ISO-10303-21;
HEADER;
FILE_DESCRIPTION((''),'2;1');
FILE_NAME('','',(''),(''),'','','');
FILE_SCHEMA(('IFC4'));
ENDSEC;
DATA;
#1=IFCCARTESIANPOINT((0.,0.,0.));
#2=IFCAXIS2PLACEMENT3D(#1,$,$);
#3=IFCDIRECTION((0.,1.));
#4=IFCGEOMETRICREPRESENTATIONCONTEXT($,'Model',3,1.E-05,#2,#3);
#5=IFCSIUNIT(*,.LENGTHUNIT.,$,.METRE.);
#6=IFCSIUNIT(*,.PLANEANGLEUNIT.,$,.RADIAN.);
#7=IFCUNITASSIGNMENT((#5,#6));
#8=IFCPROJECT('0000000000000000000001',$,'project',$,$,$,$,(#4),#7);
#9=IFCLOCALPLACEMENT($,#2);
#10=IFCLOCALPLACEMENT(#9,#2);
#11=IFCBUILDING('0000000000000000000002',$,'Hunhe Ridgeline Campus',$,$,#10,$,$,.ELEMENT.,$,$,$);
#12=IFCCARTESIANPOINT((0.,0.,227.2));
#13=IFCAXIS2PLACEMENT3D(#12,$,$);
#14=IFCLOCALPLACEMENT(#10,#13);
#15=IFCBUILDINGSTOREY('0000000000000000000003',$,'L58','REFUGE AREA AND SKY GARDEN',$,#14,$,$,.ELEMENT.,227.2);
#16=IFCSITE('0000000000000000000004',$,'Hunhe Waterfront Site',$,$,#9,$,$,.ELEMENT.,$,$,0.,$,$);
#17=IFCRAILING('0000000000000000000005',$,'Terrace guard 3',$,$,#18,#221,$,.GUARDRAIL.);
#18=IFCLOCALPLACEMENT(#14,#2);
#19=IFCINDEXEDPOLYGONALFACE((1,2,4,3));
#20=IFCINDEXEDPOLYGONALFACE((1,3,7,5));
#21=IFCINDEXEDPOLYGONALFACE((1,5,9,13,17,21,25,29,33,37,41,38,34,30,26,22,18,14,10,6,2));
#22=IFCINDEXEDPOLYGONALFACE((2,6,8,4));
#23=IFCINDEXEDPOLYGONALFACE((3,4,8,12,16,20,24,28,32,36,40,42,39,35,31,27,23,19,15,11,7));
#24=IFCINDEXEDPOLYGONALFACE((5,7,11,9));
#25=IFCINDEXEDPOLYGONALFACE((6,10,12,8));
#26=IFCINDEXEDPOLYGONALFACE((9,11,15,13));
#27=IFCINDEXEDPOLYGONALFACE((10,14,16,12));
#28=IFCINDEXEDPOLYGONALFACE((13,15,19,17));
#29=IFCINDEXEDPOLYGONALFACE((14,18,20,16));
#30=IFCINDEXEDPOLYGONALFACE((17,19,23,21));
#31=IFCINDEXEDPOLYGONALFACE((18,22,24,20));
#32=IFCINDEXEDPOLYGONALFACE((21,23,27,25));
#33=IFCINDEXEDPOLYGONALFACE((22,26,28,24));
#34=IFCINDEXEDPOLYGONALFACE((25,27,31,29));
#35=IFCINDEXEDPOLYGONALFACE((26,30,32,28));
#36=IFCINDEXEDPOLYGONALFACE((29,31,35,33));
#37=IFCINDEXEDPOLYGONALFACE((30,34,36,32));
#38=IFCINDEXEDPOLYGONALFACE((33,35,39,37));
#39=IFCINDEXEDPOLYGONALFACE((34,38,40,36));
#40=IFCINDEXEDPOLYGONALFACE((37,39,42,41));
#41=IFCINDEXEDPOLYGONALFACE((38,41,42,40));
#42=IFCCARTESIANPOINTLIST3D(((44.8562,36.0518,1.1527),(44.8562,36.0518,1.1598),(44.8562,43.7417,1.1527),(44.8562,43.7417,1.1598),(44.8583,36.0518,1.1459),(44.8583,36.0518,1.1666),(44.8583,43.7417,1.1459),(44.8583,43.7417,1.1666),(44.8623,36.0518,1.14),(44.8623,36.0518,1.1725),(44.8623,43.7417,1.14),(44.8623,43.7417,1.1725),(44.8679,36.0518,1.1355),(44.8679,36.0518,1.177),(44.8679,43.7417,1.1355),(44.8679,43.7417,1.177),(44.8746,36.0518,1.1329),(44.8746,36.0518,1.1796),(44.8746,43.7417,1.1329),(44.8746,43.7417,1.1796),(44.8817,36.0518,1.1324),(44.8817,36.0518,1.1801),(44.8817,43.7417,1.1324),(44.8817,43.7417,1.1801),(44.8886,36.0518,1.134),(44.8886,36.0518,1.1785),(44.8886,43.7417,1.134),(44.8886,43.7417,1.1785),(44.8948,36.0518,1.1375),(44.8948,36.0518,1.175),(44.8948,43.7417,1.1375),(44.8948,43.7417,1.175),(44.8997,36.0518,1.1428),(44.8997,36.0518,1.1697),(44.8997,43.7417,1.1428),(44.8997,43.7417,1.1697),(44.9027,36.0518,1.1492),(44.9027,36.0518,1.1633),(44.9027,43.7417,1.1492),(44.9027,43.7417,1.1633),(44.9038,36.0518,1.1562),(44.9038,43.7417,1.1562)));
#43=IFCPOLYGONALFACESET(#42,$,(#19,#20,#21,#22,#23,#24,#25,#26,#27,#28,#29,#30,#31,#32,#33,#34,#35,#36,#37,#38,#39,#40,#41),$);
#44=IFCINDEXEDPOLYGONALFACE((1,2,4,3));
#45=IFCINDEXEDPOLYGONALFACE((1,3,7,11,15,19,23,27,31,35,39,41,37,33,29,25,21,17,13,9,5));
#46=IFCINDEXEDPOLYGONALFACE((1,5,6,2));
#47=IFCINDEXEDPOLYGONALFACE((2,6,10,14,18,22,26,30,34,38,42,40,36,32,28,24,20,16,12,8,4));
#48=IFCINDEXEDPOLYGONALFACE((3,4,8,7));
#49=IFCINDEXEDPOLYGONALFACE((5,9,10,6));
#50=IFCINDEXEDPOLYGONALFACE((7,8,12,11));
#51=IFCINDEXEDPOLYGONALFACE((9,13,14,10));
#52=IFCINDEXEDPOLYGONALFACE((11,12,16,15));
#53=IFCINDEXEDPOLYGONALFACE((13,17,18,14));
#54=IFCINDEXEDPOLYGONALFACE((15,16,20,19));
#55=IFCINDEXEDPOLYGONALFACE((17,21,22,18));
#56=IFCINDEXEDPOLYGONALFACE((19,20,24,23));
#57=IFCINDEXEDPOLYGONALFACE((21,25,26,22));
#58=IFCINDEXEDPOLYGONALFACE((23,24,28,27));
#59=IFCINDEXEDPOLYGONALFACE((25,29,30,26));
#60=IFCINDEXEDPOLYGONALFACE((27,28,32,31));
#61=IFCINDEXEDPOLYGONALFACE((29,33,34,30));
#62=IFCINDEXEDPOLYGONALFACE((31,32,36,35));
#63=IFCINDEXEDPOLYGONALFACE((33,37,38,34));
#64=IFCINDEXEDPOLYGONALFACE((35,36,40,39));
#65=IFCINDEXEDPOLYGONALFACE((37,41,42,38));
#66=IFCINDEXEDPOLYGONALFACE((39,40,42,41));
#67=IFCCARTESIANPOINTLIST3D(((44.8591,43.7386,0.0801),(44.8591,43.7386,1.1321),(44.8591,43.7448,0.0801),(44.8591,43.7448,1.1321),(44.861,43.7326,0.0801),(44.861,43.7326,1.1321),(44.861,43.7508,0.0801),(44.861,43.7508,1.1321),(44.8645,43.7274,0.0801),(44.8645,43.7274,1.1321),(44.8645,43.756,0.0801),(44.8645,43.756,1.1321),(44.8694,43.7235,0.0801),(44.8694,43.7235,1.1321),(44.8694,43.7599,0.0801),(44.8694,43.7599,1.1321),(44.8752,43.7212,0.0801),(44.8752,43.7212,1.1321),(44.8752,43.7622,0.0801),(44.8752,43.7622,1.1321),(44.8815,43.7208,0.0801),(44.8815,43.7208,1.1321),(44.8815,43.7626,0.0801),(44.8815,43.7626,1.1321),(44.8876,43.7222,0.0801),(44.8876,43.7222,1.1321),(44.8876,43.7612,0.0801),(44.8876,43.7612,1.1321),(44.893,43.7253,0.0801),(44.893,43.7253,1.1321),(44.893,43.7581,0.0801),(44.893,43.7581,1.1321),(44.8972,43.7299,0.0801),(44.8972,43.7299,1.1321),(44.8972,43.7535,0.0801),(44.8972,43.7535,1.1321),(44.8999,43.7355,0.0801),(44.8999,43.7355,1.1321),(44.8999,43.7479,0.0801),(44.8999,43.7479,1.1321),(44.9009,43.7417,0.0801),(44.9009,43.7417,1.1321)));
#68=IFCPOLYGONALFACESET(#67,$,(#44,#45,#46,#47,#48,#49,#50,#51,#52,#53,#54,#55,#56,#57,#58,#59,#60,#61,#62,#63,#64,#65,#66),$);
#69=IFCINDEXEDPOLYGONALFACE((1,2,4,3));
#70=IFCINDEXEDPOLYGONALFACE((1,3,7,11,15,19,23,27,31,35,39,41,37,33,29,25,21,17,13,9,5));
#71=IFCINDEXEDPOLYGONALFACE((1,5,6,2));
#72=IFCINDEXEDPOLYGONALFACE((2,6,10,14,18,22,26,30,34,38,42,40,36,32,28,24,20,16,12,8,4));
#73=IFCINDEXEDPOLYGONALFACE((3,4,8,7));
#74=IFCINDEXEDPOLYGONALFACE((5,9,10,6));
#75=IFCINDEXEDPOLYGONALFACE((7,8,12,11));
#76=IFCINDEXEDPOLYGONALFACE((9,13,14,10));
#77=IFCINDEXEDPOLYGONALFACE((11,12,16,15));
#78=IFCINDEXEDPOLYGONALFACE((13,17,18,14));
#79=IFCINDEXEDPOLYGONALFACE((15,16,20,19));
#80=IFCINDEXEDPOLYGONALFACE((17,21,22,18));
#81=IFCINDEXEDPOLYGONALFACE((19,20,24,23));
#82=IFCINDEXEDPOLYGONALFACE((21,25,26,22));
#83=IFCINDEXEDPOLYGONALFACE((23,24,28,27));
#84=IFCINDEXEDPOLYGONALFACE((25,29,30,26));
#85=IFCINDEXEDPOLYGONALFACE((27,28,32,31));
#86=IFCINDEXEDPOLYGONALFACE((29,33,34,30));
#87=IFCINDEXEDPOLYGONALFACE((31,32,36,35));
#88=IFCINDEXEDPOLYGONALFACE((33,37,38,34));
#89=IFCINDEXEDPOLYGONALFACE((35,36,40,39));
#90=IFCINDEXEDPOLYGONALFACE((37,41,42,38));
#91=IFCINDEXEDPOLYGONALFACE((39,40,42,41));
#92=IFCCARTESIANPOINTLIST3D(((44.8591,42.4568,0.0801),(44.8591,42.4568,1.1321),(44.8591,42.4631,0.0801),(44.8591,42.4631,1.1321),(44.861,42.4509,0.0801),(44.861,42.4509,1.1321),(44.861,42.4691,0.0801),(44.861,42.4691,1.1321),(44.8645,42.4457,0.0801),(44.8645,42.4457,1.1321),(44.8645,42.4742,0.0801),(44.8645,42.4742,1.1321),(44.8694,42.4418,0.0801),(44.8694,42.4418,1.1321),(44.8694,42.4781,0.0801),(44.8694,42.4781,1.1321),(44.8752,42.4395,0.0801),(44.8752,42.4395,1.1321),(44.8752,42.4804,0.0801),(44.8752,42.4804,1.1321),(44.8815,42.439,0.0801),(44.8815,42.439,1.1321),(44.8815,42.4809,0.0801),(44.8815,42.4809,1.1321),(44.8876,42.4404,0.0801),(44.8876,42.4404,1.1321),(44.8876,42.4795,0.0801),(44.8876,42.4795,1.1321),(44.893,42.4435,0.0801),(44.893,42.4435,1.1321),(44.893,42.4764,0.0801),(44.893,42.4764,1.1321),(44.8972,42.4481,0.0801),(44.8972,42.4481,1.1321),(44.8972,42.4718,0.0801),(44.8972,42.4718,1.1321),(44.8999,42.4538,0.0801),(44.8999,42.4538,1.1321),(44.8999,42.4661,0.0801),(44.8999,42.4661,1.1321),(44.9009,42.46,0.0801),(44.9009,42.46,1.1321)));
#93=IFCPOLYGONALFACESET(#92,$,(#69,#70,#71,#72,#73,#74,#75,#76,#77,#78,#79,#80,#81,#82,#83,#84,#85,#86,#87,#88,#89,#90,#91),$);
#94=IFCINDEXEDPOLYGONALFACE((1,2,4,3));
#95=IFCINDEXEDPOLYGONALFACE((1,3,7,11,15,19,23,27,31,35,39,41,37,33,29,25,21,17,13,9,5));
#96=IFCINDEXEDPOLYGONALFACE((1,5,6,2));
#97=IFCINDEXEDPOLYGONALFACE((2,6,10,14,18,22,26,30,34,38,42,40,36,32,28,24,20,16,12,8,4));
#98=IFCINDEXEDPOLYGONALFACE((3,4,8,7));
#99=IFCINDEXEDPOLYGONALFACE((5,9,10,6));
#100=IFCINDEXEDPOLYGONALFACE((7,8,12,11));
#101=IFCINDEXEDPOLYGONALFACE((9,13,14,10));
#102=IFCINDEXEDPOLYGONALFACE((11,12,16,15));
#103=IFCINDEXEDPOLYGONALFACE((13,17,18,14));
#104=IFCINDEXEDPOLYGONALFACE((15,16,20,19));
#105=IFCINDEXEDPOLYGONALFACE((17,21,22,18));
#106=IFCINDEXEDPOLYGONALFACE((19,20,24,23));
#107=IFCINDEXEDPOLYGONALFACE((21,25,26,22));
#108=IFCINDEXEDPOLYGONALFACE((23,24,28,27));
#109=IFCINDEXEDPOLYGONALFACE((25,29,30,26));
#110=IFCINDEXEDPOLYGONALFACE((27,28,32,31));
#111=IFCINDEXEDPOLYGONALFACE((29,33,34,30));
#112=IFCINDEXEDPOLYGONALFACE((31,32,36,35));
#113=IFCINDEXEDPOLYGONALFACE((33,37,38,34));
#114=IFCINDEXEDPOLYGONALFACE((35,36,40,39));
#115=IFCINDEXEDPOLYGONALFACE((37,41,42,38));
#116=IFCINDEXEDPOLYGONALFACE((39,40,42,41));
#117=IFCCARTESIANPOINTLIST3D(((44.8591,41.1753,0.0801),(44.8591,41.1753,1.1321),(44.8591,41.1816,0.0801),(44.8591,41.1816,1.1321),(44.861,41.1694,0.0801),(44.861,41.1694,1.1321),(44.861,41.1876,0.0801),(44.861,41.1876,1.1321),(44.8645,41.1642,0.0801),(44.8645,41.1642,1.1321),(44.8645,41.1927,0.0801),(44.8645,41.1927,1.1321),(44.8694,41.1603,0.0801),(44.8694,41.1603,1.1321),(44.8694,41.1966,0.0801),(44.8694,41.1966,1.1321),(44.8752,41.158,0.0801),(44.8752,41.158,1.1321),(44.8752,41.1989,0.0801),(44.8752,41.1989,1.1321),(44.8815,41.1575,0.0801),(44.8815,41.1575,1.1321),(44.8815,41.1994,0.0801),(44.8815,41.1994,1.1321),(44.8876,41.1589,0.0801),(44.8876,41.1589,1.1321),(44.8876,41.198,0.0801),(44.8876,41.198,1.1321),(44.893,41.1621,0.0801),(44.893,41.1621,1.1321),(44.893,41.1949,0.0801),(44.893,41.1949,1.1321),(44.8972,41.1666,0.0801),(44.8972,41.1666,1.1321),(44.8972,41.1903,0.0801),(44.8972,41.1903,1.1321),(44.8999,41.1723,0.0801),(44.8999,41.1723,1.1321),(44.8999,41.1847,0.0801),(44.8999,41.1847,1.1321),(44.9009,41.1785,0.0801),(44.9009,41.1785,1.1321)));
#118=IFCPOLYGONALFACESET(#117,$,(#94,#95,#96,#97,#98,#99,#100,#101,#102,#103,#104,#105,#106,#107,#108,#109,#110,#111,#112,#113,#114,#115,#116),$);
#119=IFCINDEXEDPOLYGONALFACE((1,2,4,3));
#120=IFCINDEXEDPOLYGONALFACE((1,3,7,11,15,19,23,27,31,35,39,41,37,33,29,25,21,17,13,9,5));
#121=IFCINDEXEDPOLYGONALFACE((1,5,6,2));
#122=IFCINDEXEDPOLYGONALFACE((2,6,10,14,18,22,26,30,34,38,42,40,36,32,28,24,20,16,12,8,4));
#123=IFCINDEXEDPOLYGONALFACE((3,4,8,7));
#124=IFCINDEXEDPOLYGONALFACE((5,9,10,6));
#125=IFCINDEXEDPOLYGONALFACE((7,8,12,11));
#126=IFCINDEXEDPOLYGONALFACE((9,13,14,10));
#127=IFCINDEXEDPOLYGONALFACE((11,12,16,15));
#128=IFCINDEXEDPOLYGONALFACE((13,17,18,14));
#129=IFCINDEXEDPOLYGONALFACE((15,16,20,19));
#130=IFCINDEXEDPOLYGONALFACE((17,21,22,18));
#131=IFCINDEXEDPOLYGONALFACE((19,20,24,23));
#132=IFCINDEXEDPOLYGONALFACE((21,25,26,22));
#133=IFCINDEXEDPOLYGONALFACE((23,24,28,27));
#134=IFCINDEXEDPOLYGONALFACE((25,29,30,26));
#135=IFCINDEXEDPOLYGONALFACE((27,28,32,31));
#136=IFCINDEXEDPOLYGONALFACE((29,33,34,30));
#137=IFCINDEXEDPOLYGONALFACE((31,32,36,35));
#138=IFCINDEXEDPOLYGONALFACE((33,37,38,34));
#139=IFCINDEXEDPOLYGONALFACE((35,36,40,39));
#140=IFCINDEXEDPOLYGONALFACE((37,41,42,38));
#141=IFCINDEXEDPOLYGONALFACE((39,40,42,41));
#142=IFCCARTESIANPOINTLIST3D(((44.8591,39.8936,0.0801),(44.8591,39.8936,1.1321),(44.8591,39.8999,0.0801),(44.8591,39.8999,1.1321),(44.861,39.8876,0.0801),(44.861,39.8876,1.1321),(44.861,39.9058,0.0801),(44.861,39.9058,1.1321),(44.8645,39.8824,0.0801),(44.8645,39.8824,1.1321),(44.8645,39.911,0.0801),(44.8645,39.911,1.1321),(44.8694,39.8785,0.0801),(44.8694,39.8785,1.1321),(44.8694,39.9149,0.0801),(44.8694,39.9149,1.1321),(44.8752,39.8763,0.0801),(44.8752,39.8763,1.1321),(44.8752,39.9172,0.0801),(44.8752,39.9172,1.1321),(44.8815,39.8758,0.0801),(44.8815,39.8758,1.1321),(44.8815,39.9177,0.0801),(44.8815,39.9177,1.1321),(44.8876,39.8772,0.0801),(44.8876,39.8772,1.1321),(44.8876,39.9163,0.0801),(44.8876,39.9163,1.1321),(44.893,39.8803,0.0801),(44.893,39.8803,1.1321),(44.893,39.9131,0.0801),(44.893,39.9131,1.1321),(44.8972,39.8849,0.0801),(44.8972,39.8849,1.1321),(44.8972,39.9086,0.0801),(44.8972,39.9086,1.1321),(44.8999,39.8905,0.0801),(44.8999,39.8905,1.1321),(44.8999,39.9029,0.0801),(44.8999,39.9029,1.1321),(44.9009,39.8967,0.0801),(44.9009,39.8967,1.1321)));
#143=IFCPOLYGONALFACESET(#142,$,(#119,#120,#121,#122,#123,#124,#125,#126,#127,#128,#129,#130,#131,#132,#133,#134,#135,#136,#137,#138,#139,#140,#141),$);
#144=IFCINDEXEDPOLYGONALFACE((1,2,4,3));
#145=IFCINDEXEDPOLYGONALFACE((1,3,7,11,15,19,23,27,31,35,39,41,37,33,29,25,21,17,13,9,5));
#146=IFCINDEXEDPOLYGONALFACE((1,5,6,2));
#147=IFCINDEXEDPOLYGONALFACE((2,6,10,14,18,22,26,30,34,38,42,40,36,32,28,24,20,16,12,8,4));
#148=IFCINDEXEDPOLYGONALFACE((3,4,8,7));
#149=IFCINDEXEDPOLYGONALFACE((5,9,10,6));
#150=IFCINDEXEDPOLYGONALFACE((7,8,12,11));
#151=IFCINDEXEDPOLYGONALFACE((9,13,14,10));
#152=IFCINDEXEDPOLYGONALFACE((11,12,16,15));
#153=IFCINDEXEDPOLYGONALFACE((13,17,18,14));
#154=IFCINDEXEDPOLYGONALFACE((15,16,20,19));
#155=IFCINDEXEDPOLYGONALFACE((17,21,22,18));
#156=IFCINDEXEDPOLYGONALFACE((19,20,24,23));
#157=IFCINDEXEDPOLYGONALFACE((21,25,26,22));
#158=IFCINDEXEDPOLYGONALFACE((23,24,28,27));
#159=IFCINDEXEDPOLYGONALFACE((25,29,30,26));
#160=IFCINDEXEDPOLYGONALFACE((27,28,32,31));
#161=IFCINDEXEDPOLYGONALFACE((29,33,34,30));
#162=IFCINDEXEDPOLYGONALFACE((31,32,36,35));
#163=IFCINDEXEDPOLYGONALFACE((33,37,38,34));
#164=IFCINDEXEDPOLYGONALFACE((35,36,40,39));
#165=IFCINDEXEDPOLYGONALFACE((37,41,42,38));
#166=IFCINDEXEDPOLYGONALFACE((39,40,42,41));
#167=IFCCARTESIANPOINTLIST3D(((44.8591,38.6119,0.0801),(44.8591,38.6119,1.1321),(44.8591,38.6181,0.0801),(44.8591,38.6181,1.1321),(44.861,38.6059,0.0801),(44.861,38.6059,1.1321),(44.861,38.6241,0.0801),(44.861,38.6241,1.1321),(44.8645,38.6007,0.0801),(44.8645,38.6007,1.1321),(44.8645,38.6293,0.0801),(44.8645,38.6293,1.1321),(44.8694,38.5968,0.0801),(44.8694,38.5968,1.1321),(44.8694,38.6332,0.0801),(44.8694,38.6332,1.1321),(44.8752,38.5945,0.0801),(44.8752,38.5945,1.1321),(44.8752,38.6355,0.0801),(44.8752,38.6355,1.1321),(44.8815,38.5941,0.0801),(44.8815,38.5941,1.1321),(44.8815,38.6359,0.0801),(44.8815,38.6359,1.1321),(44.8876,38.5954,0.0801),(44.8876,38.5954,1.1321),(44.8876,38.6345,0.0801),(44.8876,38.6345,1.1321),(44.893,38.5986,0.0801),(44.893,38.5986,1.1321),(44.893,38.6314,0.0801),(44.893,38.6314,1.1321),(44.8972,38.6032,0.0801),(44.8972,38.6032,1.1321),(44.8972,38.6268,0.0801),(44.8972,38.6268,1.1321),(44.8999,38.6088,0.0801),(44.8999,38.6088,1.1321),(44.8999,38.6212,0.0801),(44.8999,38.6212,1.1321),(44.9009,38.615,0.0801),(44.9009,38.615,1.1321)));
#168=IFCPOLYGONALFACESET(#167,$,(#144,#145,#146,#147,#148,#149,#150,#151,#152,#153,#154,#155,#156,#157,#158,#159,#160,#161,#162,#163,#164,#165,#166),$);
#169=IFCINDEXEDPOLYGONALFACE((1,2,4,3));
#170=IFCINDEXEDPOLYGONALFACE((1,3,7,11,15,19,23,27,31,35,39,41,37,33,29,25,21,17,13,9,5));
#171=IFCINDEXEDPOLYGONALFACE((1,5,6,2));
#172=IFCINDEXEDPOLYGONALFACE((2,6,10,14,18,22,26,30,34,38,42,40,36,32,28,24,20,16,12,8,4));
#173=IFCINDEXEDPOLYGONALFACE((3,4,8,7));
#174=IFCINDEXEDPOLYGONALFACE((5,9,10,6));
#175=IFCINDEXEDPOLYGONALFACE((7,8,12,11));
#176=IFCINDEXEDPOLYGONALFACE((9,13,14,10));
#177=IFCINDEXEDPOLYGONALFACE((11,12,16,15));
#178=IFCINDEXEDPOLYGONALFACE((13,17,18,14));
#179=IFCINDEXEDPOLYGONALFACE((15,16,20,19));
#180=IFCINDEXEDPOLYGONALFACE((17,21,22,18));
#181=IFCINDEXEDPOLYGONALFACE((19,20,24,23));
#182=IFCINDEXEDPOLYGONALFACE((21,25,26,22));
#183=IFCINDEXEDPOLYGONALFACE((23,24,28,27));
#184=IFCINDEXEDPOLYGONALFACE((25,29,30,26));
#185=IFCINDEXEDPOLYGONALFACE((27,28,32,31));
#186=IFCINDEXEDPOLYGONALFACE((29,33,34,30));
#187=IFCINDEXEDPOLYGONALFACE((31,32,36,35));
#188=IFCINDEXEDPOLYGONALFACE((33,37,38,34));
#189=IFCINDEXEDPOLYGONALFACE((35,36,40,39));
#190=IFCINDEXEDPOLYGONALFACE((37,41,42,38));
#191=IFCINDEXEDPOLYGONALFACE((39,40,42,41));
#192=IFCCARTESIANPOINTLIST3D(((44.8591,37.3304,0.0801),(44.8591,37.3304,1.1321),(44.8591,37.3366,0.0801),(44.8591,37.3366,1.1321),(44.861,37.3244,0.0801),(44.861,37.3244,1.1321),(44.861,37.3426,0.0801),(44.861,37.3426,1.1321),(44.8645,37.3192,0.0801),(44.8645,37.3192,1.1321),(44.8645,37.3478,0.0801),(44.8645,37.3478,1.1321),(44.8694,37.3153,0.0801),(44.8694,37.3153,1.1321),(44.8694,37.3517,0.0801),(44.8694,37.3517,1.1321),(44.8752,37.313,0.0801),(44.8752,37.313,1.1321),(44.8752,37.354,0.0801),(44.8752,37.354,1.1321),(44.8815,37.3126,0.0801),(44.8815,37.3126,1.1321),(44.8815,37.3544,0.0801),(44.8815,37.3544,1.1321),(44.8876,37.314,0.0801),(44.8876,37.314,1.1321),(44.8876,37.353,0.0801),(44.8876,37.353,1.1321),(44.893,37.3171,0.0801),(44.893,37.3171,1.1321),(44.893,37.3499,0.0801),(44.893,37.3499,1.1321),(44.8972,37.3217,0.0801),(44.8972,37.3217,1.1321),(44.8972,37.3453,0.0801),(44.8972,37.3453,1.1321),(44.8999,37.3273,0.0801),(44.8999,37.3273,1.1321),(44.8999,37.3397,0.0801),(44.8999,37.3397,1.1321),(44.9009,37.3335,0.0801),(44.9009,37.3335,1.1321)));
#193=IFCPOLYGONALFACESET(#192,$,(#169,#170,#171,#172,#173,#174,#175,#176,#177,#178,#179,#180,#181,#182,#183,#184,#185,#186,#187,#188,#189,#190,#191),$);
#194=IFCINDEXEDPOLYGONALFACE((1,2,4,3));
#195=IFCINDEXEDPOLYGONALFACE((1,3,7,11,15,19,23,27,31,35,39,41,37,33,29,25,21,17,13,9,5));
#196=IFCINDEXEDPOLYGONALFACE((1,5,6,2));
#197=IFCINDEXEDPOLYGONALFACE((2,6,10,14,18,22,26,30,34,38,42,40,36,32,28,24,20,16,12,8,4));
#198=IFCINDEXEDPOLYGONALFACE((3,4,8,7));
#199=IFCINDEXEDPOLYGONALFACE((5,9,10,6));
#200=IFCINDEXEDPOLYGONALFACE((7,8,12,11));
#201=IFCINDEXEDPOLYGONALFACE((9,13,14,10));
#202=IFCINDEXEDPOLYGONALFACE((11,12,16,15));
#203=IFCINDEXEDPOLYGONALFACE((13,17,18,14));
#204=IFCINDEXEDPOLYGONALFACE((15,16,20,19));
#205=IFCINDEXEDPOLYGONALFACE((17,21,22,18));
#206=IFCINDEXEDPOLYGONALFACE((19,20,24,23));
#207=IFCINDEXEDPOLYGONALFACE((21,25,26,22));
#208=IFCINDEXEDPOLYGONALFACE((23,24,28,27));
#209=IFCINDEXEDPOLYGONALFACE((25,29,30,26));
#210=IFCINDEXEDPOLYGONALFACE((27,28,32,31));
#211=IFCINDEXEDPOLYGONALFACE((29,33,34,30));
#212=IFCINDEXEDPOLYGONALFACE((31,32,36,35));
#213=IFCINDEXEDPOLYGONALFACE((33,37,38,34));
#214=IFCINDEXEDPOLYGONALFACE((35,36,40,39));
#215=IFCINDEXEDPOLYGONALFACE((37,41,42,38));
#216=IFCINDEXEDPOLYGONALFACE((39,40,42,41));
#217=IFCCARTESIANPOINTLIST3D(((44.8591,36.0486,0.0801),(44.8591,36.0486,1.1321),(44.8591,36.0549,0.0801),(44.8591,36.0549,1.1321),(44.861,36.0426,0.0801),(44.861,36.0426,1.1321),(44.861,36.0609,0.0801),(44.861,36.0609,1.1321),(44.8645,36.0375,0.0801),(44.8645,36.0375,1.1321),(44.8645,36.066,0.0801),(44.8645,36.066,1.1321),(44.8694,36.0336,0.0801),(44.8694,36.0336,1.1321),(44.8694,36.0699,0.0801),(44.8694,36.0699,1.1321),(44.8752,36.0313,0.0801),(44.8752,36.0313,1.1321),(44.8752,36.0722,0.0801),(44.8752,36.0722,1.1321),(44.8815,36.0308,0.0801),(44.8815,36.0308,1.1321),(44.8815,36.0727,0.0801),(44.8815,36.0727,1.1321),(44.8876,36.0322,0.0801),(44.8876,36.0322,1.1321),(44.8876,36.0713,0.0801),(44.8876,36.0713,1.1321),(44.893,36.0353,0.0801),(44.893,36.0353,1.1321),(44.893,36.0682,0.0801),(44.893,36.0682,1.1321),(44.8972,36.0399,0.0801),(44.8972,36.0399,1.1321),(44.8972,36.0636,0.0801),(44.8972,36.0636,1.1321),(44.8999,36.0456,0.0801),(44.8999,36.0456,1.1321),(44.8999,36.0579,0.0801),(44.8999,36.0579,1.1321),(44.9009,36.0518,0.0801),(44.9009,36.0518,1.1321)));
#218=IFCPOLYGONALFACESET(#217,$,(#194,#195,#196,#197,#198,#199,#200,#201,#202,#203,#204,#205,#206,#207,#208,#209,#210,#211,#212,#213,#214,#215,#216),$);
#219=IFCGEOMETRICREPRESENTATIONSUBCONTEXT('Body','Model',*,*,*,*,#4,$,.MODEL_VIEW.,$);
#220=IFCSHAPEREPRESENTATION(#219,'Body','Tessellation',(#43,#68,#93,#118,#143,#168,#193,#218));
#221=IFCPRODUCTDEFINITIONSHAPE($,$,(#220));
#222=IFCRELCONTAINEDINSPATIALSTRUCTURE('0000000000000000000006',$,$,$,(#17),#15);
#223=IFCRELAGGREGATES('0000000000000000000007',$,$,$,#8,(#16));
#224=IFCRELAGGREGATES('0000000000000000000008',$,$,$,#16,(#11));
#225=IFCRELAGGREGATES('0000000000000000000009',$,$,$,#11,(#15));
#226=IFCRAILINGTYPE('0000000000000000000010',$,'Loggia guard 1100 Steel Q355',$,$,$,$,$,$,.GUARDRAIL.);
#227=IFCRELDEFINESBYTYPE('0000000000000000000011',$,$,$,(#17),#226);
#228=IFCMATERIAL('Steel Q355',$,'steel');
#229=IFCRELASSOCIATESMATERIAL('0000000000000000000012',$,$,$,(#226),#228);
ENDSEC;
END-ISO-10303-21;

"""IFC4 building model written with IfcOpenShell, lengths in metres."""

from ifc_helpers import new_model, si_unit, direction, frame, origin, origin_2d, place, context, subcontext, project, spatial, circle, extrude, material, type_object, element, save


model = new_model("IFC4")

# Units and contexts
model_context = context("Model", 3, precision=1e-05, world=origin(), true_north=direction((0.0, 1.0)))
body_context = subcontext(model_context, "Body", "Model", "MODEL_VIEW")
ifc_project = project(units=[si_unit("LENGTHUNIT", "METRE"), si_unit("PLANEANGLEUNIT", "RADIAN")], contexts=[model_context])

# Site, building, storey
site_placement = place(None, origin())
site = spatial("IfcSite", under=ifc_project, at=site_placement, Name="Hunhe Waterfront Site", CompositionType="ELEMENT", RefElevation=0.0)
building_placement = place(site_placement, origin())
building = spatial("IfcBuilding", under=site, at=building_placement, Name="Hunhe Ridgeline Campus", CompositionType="ELEMENT")
storey_placement = place(building_placement, frame((0.0, 0.0, 227.2)))
storey = spatial("IfcBuildingStorey", under=building, at=storey_placement, Name="L58", Description="REFUGE AREA AND SKY GARDEN", CompositionType="ELEMENT", Elevation=227.2)

# Railing
ifc_material_1 = material(Name="Steel Q355", Category="steel")
railing_type = type_object("IfcRailingType", Name="Loggia guard 1100 Steel Q355", PredefinedType="GUARDRAIL", material=ifc_material_1)
railing_placement = place(storey_placement, frame((44.8799, 43.7417, 0.0801)))
element("IfcRailing", 1, at=railing_placement, inside=storey, type_object=railing_type, Name="Terrace guard 3", PredefinedType="GUARDRAIL", context=body_context, shape_type="SweptSolid", body=[
    extrude(circle(Radius=0.0239, at=origin_2d()), frame((0.0, 0.0, 1.0762), z_axis=(0.0, -1.0, 0.0), x_axis=(1.0, 0.0, 0.0)), (0.0, 0.0, 1.0), 7.6899),
    extrude(circle(Radius=0.021, at=origin_2d()), origin(), (0.0, 0.0, 1.0), 1.052),
    extrude(circle(Radius=0.021, at=origin_2d()), frame((0.0, -1.2817, 0.0)), (0.0, 0.0, 1.0), 1.052),
    extrude(circle(Radius=0.021, at=origin_2d()), frame((0.0, -2.5632, 0.0)), (0.0, 0.0, 1.0), 1.052),
    extrude(circle(Radius=0.021, at=origin_2d()), frame((0.0, -3.845, 0.0)), (0.0, 0.0, 1.0), 1.052),
    extrude(circle(Radius=0.021, at=origin_2d()), frame((0.0, -5.1267, 0.0)), (0.0, 0.0, 1.0), 1.052),
    extrude(circle(Radius=0.021, at=origin_2d()), frame((0.0, -6.4082, 0.0)), (0.0, 0.0, 1.0), 1.052),
    extrude(circle(Radius=0.021, at=origin_2d()), frame((0.0, -7.6899, 0.0)), (0.0, 0.0, 1.0), 1.052),
])

save(model, "model.ifc")
